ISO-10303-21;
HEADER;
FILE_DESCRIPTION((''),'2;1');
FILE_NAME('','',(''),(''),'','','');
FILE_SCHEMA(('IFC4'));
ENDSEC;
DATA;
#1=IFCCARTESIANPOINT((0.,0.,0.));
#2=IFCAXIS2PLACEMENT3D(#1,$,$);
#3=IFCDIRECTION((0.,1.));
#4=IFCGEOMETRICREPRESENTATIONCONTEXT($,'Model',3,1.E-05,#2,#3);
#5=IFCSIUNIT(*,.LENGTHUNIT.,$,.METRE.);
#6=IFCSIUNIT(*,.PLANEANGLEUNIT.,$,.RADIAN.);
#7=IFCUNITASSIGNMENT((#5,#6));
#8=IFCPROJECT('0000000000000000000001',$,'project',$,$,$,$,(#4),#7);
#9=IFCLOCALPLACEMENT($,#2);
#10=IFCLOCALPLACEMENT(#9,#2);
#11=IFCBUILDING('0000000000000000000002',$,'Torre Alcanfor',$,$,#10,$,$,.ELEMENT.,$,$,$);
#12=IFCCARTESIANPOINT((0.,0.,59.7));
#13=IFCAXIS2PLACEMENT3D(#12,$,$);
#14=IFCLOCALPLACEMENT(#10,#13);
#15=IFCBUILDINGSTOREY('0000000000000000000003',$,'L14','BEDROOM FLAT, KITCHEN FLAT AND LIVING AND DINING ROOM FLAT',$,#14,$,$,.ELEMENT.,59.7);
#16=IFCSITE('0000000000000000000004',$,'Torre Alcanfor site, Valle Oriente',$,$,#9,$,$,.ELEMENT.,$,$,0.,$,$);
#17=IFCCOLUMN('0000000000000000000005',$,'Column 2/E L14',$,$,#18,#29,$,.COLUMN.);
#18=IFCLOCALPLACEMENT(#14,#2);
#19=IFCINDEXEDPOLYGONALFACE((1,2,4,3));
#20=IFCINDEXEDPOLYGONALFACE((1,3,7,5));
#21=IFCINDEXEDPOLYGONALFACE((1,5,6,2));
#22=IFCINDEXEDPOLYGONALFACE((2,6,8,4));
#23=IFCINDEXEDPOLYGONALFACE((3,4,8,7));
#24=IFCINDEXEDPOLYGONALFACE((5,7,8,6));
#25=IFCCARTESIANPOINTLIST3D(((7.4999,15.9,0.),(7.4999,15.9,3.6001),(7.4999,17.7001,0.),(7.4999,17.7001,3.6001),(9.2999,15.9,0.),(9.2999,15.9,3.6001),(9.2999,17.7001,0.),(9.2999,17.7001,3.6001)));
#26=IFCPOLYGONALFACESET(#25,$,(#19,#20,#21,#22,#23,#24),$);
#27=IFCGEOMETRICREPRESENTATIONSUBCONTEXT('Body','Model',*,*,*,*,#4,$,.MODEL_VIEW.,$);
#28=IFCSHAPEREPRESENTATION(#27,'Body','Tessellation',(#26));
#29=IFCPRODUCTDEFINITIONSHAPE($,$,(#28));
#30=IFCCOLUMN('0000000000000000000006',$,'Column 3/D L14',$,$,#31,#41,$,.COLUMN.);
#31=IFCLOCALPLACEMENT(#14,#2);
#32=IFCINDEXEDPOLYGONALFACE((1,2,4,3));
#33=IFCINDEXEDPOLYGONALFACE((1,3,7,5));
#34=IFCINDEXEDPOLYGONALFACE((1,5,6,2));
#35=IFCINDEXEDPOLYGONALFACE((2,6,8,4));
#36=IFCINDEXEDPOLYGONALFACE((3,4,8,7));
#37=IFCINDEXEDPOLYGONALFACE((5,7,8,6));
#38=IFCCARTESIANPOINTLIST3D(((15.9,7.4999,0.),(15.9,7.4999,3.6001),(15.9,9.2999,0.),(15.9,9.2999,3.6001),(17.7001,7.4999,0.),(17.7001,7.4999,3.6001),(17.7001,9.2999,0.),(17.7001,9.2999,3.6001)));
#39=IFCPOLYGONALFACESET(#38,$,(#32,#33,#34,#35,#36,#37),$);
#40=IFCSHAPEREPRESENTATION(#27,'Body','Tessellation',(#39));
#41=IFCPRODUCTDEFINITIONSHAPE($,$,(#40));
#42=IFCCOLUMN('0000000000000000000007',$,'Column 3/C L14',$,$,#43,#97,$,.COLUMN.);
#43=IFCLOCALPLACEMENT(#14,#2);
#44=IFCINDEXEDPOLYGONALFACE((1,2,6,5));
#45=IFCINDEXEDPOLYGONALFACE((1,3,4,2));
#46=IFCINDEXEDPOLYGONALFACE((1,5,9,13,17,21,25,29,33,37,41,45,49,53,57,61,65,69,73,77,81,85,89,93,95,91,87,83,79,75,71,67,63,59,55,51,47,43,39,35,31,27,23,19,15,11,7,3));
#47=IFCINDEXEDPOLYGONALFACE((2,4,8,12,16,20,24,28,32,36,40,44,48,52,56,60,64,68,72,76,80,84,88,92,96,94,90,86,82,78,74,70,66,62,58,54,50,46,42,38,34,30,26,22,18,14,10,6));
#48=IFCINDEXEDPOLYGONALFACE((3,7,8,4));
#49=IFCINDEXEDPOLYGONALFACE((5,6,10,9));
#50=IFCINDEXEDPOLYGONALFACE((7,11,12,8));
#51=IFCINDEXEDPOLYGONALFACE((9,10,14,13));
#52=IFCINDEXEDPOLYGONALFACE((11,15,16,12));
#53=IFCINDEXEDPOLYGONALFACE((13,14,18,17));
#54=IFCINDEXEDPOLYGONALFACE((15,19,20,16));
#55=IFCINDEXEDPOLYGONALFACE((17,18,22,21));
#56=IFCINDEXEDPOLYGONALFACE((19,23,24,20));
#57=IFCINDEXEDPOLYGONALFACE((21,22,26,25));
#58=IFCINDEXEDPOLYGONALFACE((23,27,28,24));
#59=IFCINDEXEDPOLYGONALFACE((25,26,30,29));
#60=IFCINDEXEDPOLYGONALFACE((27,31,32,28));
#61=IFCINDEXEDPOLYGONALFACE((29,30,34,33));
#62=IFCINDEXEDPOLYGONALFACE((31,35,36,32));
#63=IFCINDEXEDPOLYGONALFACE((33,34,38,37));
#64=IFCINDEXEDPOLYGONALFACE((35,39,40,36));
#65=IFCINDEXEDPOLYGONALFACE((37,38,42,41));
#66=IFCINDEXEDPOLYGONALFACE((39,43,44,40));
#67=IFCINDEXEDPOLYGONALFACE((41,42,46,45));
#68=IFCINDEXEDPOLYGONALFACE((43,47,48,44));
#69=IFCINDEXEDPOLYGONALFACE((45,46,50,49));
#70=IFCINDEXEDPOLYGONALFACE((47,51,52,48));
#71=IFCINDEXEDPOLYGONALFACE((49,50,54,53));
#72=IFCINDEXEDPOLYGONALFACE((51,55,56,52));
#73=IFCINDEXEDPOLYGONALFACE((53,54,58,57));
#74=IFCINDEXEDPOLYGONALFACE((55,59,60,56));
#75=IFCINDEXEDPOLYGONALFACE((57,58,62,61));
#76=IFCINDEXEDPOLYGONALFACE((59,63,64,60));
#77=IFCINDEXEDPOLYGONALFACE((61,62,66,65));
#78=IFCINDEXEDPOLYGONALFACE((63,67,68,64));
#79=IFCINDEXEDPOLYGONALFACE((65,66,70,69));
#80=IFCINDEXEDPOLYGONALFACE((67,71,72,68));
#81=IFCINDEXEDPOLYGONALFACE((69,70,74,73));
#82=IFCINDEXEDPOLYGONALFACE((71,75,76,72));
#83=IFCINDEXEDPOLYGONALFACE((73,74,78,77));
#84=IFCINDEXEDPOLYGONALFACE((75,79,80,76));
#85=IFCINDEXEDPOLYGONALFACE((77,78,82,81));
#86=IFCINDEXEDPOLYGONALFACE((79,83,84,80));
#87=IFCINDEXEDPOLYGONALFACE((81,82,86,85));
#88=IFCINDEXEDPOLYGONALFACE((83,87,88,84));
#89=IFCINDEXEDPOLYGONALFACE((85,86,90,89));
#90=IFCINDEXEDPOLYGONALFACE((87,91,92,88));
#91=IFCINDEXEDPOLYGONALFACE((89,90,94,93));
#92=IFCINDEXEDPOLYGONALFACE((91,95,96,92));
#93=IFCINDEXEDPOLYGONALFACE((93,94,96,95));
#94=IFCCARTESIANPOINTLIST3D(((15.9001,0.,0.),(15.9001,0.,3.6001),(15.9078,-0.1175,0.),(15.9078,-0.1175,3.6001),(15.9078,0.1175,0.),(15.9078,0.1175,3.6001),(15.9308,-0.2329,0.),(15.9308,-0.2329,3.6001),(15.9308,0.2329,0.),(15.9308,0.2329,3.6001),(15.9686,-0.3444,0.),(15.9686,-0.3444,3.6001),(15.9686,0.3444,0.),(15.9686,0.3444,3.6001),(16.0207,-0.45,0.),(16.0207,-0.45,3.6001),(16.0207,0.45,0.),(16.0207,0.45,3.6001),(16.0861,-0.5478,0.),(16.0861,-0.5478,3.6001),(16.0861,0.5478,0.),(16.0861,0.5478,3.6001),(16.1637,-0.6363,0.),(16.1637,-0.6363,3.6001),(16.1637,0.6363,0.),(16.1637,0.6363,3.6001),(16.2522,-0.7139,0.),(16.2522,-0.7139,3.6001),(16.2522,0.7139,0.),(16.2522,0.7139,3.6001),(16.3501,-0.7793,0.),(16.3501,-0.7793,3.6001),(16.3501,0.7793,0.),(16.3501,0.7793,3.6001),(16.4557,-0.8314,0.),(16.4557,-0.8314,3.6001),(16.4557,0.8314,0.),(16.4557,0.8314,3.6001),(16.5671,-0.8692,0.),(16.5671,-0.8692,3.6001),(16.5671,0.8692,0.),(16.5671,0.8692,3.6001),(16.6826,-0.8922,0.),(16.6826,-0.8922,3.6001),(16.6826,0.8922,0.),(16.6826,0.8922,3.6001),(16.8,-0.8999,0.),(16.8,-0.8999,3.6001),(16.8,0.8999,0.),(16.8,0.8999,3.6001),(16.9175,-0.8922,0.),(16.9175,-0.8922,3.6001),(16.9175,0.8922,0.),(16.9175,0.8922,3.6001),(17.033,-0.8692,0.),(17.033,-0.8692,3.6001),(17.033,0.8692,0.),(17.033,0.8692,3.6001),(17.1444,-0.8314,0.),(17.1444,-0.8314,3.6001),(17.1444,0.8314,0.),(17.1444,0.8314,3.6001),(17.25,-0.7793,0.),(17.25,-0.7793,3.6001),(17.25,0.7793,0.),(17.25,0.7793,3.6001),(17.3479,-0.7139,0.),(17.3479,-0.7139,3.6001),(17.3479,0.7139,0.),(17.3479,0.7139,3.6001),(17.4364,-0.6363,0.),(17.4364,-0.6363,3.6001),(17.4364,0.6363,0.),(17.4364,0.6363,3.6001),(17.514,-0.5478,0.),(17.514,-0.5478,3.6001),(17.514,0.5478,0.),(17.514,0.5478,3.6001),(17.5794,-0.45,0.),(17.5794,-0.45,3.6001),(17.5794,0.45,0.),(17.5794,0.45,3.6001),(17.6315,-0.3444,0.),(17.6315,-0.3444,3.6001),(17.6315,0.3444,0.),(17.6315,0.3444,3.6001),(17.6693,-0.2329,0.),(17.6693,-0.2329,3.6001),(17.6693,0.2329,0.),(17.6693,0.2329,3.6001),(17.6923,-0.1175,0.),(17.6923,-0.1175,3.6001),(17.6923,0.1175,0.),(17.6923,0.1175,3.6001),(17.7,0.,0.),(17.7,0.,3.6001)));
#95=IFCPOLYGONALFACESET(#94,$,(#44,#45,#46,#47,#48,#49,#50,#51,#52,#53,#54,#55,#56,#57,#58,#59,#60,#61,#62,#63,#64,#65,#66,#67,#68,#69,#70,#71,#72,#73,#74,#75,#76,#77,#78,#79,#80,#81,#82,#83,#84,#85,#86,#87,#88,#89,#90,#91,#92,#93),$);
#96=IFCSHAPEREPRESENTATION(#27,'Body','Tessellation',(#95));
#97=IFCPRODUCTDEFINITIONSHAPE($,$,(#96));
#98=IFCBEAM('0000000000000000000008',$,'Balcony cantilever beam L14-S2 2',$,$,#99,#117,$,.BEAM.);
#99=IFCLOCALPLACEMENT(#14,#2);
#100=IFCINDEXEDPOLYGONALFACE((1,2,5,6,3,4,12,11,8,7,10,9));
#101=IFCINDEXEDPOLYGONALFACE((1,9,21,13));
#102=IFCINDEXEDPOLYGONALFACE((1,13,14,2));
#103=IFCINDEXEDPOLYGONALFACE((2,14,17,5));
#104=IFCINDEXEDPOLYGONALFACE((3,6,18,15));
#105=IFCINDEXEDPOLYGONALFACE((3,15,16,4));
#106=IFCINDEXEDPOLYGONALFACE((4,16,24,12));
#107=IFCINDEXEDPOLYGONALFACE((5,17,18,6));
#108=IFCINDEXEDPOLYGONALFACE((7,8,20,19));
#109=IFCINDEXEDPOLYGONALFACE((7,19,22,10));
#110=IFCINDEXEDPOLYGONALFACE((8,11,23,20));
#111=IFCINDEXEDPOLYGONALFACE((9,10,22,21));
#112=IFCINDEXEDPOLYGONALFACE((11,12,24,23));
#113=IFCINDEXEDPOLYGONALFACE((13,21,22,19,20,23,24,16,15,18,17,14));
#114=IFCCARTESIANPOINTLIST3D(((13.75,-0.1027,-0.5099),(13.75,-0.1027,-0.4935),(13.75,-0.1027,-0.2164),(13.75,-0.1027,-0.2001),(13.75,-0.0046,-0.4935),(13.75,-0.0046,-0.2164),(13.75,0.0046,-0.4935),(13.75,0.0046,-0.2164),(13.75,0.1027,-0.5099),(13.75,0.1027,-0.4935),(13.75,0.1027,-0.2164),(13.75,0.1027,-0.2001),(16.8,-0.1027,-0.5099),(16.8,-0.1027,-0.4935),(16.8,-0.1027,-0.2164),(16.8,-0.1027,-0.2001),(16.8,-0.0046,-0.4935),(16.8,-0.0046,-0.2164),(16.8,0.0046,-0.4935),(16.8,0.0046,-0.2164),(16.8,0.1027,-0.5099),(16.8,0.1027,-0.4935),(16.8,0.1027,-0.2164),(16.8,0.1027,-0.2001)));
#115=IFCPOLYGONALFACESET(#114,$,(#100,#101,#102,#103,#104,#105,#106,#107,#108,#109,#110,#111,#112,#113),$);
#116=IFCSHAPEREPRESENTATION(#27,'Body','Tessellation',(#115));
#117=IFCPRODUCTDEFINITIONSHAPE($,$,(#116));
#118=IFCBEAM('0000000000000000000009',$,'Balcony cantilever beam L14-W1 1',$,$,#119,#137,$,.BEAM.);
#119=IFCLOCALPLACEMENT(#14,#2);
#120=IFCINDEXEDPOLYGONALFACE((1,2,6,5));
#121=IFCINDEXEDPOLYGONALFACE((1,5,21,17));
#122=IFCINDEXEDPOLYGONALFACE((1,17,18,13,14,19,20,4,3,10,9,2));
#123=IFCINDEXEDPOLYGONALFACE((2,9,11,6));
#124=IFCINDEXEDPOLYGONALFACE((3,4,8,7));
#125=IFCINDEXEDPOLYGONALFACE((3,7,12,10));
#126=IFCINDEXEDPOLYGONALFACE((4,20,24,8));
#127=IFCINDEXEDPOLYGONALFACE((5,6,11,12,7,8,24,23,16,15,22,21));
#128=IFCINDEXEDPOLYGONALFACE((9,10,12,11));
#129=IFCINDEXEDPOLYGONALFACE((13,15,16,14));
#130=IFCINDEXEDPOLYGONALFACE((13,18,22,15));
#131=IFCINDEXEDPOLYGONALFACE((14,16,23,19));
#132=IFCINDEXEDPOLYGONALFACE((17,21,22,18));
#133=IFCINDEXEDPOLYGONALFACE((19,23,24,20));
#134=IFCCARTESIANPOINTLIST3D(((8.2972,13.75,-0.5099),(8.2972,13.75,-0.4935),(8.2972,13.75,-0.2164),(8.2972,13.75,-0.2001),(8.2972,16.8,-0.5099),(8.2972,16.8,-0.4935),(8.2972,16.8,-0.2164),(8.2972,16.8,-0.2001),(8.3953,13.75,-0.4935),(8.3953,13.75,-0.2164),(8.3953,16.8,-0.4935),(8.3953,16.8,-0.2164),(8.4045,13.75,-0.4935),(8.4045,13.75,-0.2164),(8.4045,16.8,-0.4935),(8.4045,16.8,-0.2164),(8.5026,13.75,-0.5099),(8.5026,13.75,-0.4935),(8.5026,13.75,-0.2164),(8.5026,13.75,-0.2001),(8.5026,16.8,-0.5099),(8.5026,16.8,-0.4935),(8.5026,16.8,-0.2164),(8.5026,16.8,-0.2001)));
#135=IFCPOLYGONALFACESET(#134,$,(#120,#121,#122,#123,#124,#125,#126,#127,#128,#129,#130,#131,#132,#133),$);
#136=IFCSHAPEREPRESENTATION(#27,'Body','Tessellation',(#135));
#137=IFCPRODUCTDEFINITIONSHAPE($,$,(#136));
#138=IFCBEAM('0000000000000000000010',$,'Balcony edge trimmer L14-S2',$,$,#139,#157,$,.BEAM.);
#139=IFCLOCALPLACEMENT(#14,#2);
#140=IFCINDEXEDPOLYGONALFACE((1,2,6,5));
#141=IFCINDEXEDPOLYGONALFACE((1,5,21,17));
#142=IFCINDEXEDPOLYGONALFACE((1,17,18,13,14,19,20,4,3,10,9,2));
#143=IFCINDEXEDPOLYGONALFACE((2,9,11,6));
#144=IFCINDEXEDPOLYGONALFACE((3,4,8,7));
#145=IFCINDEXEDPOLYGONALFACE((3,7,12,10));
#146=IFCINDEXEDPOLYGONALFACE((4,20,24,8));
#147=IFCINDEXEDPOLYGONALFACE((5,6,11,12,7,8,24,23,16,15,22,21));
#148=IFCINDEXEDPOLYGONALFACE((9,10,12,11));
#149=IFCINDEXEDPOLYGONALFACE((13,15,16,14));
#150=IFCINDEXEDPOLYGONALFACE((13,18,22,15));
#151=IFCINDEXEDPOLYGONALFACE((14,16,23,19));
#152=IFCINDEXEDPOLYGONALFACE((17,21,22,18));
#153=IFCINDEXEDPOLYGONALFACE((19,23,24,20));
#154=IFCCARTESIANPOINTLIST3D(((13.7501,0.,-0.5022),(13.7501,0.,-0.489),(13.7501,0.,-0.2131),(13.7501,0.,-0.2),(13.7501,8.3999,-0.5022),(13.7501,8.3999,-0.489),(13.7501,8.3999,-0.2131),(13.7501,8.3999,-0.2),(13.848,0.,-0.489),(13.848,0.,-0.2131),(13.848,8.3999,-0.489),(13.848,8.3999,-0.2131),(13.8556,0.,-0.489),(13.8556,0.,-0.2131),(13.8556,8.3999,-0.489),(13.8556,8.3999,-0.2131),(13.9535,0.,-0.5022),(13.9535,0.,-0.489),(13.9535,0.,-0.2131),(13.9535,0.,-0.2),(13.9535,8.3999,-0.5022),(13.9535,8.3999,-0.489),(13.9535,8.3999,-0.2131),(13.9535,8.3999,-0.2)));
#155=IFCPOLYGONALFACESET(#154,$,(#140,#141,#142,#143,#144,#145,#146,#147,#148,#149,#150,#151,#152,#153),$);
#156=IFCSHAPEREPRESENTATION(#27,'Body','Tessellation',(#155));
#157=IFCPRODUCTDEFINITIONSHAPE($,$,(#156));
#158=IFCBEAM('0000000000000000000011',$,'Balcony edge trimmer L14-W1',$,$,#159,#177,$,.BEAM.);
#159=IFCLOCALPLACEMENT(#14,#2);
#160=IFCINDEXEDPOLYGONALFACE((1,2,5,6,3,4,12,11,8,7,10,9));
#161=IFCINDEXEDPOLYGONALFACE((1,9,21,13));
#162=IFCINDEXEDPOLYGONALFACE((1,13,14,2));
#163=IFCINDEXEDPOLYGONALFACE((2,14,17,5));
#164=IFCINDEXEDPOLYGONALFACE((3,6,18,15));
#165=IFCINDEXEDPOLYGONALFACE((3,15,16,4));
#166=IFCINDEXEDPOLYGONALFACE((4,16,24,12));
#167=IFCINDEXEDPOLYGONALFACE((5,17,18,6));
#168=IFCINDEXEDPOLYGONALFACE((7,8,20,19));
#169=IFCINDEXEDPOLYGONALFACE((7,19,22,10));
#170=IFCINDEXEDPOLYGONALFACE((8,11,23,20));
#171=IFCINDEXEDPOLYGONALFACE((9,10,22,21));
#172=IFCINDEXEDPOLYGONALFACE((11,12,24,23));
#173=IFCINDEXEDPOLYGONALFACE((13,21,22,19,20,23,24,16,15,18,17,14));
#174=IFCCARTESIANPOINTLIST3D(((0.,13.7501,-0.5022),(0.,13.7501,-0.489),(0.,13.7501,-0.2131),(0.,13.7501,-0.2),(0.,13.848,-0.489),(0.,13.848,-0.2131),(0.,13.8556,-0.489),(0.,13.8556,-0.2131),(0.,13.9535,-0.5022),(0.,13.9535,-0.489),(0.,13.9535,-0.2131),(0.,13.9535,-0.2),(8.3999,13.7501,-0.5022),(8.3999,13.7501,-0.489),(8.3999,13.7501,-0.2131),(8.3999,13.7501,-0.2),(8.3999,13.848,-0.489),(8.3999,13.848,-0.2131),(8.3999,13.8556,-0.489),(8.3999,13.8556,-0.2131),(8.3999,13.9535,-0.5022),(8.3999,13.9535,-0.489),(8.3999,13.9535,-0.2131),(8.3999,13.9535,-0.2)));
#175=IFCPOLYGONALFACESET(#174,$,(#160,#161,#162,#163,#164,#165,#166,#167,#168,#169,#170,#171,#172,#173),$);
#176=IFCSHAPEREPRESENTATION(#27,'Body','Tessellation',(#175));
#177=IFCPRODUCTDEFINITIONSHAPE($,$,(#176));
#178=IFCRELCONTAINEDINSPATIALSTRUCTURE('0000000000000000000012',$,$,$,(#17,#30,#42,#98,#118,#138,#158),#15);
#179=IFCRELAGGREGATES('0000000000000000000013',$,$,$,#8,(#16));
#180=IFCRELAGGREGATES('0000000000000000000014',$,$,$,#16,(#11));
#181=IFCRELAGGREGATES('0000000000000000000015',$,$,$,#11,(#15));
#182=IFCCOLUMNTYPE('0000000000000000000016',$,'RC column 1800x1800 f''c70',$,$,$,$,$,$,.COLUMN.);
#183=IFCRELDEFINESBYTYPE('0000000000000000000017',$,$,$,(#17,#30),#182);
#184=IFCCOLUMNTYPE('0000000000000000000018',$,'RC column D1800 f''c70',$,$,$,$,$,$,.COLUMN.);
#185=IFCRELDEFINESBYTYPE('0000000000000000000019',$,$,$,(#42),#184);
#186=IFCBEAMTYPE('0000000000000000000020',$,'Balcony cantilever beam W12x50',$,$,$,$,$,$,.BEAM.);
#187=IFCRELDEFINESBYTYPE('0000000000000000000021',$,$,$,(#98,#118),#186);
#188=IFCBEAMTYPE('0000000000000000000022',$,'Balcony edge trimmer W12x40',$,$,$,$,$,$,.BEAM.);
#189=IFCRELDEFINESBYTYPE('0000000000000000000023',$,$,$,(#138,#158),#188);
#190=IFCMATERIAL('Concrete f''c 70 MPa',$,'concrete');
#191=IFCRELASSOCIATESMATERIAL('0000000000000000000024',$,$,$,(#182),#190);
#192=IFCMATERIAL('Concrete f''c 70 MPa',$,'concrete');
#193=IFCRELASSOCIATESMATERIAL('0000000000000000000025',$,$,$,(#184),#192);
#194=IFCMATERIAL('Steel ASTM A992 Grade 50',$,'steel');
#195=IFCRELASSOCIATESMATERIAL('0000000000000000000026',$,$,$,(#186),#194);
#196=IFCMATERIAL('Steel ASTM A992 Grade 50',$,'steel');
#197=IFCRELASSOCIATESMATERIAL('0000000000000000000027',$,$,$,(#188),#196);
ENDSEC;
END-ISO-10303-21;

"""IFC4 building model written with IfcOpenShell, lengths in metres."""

from ifc_helpers import new_model, si_unit, direction, frame, origin, origin_2d, place, context, subcontext, project, spatial, rectangle, circle, i_section, extrude, material, material_profile, profile_set, type_object, element, save


model = new_model("IFC4")

# Units and contexts
model_context = context("Model", 3, precision=1e-05, world=origin(), true_north=direction((0.0, 1.0)))
body_context = subcontext(model_context, "Body", "Model", "MODEL_VIEW")
ifc_project = project(units=[si_unit("LENGTHUNIT", "METRE"), si_unit("PLANEANGLEUNIT", "RADIAN")], contexts=[model_context])

# Site, building, storey
site_placement = place(None, origin())
site = spatial("IfcSite", under=ifc_project, at=site_placement, Name="Torre Alcanfor site, Valle Oriente", CompositionType="ELEMENT", RefElevation=0.0)
building_placement = place(site_placement, origin())
building = spatial("IfcBuilding", under=site, at=building_placement, Name="Torre Alcanfor", CompositionType="ELEMENT")
storey_placement = place(building_placement, frame((0.0, 0.0, 59.7)))
storey = spatial("IfcBuildingStorey", under=building, at=storey_placement, Name="L14", Description="BEDROOM FLAT, KITCHEN FLAT AND LIVING AND DINING ROOM FLAT", CompositionType="ELEMENT", Elevation=59.7)

# Columns
ifc_material_1 = material(Name="Concrete f'c 70 MPa", Category="concrete")
ifc_material_profile_1 = material_profile(ifc_material_1, rectangle(XDim=1.8, YDim=1.8, at=origin_2d()), Name="1800x1800")
ifc_profile_set_1 = profile_set([ifc_material_profile_1], Name="Concrete f'c 70 MPa")
column_type_1 = type_object("IfcColumnType", Name="RC column 1800x1800 f'c70", PredefinedType="COLUMN", material=ifc_profile_set_1)
for number, where, z_axis, x_axis, name in (
    (1, (8.3999, 16.8, 0.0), (0.0, 0.0, 1.0), (1.0, 0.0, 0.0), "Column 2/E L14"),
    (2, (16.8, 8.3999, 0.0), (0.0, 0.0, 1.0), (1.0, 0.0, 0.0), "Column 3/D L14"),
):
    element("IfcColumn", number, at=place(storey_placement, frame(where, z_axis=z_axis, x_axis=x_axis)), inside=storey, type_object=column_type_1, Name=name, PredefinedType="COLUMN", context=body_context, shape_type="SweptSolid", body=[
        extrude(rectangle(XDim=1.8, YDim=1.8, at=origin_2d()), origin(), (0.0, 0.0, 1.0), 3.6001),
    ])
ifc_material_2 = material(Name="Concrete f'c 70 MPa", Category="concrete")
ifc_material_profile_2 = material_profile(ifc_material_2, circle(Radius=0.8999, at=origin_2d()), Name="D1800")
ifc_profile_set_2 = profile_set([ifc_material_profile_2], Name="Concrete f'c 70 MPa")
column_type_2 = type_object("IfcColumnType", Name="RC column D1800 f'c70", PredefinedType="COLUMN", material=ifc_profile_set_2)
column_placement = place(storey_placement, frame((16.8, 0.0, 0.0), z_axis=(0.0, 0.0, 1.0), x_axis=(1.0, 0.0, 0.0)))
element("IfcColumn", 3, at=column_placement, inside=storey, type_object=column_type_2, Name="Column 3/C L14", PredefinedType="COLUMN", context=body_context, shape_type="SweptSolid", body=[
    extrude(circle(Radius=0.8999, at=origin_2d()), origin(), (0.0, 0.0, 1.0), 3.6001),
])

# Beams
ifc_material_3 = material(Name="Steel ASTM A992 Grade 50", Category="steel")
ifc_material_profile_3 = material_profile(ifc_material_3, i_section(OverallWidth=0.2053, OverallDepth=0.3098, WebThickness=0.0093, FlangeThickness=0.0164, at=origin_2d()), Name="W12x50")
ifc_profile_set_3 = profile_set([ifc_material_profile_3], Name="Steel ASTM A992 Grade 50")
beam_type_1 = type_object("IfcBeamType", Name="Balcony cantilever beam W12x50", PredefinedType="BEAM", material=ifc_profile_set_3)
for number, where, z_axis, x_axis, name in (
    (4, (16.8, 0.0, -0.355), (-1.0, 0.0, 0.0), (0.0, -1.0, 0.0), "Balcony cantilever beam L14-S2 2"),
    (5, (8.3999, 16.8, -0.355), (0.0, -1.0, 0.0), (1.0, 0.0, 0.0), "Balcony cantilever beam L14-W1 1"),
):
    element("IfcBeam", number, at=place(storey_placement, frame(where, z_axis=z_axis, x_axis=x_axis)), inside=storey, type_object=beam_type_1, Name=name, PredefinedType="BEAM", context=body_context, shape_type="SweptSolid", body=[
        extrude(i_section(OverallWidth=0.2053, OverallDepth=0.3098, WebThickness=0.0093, FlangeThickness=0.0164, at=origin_2d()), origin(), (0.0, 0.0, 1.0), 3.05),
    ])
ifc_material_4 = material(Name="Steel ASTM A992 Grade 50", Category="steel")
ifc_material_profile_4 = material_profile(ifc_material_4, i_section(OverallWidth=0.2034, OverallDepth=0.3022, WebThickness=0.0076, FlangeThickness=0.0132, at=origin_2d()), Name="W12x40")
ifc_profile_set_4 = profile_set([ifc_material_profile_4], Name="Steel ASTM A992 Grade 50")
beam_type_2 = type_object("IfcBeamType", Name="Balcony edge trimmer W12x40", PredefinedType="BEAM", material=ifc_profile_set_4)
for number, where, z_axis, x_axis, name in (
    (6, (13.8518, 8.3999, -0.3511), (0.0, -1.0, 0.0), (1.0, 0.0, 0.0), "Balcony edge trimmer L14-S2"),
    (7, (8.3999, 13.8518, -0.3511), (-1.0, 0.0, 0.0), (0.0, -1.0, 0.0), "Balcony edge trimmer L14-W1"),
):
    element("IfcBeam", number, at=place(storey_placement, frame(where, z_axis=z_axis, x_axis=x_axis)), inside=storey, type_object=beam_type_2, Name=name, PredefinedType="BEAM", context=body_context, shape_type="SweptSolid", body=[
        extrude(i_section(OverallWidth=0.2034, OverallDepth=0.3022, WebThickness=0.0076, FlangeThickness=0.0132, at=origin_2d()), origin(), (0.0, 0.0, 1.0), 8.3999),
    ])

save(model, "model.ifc")
